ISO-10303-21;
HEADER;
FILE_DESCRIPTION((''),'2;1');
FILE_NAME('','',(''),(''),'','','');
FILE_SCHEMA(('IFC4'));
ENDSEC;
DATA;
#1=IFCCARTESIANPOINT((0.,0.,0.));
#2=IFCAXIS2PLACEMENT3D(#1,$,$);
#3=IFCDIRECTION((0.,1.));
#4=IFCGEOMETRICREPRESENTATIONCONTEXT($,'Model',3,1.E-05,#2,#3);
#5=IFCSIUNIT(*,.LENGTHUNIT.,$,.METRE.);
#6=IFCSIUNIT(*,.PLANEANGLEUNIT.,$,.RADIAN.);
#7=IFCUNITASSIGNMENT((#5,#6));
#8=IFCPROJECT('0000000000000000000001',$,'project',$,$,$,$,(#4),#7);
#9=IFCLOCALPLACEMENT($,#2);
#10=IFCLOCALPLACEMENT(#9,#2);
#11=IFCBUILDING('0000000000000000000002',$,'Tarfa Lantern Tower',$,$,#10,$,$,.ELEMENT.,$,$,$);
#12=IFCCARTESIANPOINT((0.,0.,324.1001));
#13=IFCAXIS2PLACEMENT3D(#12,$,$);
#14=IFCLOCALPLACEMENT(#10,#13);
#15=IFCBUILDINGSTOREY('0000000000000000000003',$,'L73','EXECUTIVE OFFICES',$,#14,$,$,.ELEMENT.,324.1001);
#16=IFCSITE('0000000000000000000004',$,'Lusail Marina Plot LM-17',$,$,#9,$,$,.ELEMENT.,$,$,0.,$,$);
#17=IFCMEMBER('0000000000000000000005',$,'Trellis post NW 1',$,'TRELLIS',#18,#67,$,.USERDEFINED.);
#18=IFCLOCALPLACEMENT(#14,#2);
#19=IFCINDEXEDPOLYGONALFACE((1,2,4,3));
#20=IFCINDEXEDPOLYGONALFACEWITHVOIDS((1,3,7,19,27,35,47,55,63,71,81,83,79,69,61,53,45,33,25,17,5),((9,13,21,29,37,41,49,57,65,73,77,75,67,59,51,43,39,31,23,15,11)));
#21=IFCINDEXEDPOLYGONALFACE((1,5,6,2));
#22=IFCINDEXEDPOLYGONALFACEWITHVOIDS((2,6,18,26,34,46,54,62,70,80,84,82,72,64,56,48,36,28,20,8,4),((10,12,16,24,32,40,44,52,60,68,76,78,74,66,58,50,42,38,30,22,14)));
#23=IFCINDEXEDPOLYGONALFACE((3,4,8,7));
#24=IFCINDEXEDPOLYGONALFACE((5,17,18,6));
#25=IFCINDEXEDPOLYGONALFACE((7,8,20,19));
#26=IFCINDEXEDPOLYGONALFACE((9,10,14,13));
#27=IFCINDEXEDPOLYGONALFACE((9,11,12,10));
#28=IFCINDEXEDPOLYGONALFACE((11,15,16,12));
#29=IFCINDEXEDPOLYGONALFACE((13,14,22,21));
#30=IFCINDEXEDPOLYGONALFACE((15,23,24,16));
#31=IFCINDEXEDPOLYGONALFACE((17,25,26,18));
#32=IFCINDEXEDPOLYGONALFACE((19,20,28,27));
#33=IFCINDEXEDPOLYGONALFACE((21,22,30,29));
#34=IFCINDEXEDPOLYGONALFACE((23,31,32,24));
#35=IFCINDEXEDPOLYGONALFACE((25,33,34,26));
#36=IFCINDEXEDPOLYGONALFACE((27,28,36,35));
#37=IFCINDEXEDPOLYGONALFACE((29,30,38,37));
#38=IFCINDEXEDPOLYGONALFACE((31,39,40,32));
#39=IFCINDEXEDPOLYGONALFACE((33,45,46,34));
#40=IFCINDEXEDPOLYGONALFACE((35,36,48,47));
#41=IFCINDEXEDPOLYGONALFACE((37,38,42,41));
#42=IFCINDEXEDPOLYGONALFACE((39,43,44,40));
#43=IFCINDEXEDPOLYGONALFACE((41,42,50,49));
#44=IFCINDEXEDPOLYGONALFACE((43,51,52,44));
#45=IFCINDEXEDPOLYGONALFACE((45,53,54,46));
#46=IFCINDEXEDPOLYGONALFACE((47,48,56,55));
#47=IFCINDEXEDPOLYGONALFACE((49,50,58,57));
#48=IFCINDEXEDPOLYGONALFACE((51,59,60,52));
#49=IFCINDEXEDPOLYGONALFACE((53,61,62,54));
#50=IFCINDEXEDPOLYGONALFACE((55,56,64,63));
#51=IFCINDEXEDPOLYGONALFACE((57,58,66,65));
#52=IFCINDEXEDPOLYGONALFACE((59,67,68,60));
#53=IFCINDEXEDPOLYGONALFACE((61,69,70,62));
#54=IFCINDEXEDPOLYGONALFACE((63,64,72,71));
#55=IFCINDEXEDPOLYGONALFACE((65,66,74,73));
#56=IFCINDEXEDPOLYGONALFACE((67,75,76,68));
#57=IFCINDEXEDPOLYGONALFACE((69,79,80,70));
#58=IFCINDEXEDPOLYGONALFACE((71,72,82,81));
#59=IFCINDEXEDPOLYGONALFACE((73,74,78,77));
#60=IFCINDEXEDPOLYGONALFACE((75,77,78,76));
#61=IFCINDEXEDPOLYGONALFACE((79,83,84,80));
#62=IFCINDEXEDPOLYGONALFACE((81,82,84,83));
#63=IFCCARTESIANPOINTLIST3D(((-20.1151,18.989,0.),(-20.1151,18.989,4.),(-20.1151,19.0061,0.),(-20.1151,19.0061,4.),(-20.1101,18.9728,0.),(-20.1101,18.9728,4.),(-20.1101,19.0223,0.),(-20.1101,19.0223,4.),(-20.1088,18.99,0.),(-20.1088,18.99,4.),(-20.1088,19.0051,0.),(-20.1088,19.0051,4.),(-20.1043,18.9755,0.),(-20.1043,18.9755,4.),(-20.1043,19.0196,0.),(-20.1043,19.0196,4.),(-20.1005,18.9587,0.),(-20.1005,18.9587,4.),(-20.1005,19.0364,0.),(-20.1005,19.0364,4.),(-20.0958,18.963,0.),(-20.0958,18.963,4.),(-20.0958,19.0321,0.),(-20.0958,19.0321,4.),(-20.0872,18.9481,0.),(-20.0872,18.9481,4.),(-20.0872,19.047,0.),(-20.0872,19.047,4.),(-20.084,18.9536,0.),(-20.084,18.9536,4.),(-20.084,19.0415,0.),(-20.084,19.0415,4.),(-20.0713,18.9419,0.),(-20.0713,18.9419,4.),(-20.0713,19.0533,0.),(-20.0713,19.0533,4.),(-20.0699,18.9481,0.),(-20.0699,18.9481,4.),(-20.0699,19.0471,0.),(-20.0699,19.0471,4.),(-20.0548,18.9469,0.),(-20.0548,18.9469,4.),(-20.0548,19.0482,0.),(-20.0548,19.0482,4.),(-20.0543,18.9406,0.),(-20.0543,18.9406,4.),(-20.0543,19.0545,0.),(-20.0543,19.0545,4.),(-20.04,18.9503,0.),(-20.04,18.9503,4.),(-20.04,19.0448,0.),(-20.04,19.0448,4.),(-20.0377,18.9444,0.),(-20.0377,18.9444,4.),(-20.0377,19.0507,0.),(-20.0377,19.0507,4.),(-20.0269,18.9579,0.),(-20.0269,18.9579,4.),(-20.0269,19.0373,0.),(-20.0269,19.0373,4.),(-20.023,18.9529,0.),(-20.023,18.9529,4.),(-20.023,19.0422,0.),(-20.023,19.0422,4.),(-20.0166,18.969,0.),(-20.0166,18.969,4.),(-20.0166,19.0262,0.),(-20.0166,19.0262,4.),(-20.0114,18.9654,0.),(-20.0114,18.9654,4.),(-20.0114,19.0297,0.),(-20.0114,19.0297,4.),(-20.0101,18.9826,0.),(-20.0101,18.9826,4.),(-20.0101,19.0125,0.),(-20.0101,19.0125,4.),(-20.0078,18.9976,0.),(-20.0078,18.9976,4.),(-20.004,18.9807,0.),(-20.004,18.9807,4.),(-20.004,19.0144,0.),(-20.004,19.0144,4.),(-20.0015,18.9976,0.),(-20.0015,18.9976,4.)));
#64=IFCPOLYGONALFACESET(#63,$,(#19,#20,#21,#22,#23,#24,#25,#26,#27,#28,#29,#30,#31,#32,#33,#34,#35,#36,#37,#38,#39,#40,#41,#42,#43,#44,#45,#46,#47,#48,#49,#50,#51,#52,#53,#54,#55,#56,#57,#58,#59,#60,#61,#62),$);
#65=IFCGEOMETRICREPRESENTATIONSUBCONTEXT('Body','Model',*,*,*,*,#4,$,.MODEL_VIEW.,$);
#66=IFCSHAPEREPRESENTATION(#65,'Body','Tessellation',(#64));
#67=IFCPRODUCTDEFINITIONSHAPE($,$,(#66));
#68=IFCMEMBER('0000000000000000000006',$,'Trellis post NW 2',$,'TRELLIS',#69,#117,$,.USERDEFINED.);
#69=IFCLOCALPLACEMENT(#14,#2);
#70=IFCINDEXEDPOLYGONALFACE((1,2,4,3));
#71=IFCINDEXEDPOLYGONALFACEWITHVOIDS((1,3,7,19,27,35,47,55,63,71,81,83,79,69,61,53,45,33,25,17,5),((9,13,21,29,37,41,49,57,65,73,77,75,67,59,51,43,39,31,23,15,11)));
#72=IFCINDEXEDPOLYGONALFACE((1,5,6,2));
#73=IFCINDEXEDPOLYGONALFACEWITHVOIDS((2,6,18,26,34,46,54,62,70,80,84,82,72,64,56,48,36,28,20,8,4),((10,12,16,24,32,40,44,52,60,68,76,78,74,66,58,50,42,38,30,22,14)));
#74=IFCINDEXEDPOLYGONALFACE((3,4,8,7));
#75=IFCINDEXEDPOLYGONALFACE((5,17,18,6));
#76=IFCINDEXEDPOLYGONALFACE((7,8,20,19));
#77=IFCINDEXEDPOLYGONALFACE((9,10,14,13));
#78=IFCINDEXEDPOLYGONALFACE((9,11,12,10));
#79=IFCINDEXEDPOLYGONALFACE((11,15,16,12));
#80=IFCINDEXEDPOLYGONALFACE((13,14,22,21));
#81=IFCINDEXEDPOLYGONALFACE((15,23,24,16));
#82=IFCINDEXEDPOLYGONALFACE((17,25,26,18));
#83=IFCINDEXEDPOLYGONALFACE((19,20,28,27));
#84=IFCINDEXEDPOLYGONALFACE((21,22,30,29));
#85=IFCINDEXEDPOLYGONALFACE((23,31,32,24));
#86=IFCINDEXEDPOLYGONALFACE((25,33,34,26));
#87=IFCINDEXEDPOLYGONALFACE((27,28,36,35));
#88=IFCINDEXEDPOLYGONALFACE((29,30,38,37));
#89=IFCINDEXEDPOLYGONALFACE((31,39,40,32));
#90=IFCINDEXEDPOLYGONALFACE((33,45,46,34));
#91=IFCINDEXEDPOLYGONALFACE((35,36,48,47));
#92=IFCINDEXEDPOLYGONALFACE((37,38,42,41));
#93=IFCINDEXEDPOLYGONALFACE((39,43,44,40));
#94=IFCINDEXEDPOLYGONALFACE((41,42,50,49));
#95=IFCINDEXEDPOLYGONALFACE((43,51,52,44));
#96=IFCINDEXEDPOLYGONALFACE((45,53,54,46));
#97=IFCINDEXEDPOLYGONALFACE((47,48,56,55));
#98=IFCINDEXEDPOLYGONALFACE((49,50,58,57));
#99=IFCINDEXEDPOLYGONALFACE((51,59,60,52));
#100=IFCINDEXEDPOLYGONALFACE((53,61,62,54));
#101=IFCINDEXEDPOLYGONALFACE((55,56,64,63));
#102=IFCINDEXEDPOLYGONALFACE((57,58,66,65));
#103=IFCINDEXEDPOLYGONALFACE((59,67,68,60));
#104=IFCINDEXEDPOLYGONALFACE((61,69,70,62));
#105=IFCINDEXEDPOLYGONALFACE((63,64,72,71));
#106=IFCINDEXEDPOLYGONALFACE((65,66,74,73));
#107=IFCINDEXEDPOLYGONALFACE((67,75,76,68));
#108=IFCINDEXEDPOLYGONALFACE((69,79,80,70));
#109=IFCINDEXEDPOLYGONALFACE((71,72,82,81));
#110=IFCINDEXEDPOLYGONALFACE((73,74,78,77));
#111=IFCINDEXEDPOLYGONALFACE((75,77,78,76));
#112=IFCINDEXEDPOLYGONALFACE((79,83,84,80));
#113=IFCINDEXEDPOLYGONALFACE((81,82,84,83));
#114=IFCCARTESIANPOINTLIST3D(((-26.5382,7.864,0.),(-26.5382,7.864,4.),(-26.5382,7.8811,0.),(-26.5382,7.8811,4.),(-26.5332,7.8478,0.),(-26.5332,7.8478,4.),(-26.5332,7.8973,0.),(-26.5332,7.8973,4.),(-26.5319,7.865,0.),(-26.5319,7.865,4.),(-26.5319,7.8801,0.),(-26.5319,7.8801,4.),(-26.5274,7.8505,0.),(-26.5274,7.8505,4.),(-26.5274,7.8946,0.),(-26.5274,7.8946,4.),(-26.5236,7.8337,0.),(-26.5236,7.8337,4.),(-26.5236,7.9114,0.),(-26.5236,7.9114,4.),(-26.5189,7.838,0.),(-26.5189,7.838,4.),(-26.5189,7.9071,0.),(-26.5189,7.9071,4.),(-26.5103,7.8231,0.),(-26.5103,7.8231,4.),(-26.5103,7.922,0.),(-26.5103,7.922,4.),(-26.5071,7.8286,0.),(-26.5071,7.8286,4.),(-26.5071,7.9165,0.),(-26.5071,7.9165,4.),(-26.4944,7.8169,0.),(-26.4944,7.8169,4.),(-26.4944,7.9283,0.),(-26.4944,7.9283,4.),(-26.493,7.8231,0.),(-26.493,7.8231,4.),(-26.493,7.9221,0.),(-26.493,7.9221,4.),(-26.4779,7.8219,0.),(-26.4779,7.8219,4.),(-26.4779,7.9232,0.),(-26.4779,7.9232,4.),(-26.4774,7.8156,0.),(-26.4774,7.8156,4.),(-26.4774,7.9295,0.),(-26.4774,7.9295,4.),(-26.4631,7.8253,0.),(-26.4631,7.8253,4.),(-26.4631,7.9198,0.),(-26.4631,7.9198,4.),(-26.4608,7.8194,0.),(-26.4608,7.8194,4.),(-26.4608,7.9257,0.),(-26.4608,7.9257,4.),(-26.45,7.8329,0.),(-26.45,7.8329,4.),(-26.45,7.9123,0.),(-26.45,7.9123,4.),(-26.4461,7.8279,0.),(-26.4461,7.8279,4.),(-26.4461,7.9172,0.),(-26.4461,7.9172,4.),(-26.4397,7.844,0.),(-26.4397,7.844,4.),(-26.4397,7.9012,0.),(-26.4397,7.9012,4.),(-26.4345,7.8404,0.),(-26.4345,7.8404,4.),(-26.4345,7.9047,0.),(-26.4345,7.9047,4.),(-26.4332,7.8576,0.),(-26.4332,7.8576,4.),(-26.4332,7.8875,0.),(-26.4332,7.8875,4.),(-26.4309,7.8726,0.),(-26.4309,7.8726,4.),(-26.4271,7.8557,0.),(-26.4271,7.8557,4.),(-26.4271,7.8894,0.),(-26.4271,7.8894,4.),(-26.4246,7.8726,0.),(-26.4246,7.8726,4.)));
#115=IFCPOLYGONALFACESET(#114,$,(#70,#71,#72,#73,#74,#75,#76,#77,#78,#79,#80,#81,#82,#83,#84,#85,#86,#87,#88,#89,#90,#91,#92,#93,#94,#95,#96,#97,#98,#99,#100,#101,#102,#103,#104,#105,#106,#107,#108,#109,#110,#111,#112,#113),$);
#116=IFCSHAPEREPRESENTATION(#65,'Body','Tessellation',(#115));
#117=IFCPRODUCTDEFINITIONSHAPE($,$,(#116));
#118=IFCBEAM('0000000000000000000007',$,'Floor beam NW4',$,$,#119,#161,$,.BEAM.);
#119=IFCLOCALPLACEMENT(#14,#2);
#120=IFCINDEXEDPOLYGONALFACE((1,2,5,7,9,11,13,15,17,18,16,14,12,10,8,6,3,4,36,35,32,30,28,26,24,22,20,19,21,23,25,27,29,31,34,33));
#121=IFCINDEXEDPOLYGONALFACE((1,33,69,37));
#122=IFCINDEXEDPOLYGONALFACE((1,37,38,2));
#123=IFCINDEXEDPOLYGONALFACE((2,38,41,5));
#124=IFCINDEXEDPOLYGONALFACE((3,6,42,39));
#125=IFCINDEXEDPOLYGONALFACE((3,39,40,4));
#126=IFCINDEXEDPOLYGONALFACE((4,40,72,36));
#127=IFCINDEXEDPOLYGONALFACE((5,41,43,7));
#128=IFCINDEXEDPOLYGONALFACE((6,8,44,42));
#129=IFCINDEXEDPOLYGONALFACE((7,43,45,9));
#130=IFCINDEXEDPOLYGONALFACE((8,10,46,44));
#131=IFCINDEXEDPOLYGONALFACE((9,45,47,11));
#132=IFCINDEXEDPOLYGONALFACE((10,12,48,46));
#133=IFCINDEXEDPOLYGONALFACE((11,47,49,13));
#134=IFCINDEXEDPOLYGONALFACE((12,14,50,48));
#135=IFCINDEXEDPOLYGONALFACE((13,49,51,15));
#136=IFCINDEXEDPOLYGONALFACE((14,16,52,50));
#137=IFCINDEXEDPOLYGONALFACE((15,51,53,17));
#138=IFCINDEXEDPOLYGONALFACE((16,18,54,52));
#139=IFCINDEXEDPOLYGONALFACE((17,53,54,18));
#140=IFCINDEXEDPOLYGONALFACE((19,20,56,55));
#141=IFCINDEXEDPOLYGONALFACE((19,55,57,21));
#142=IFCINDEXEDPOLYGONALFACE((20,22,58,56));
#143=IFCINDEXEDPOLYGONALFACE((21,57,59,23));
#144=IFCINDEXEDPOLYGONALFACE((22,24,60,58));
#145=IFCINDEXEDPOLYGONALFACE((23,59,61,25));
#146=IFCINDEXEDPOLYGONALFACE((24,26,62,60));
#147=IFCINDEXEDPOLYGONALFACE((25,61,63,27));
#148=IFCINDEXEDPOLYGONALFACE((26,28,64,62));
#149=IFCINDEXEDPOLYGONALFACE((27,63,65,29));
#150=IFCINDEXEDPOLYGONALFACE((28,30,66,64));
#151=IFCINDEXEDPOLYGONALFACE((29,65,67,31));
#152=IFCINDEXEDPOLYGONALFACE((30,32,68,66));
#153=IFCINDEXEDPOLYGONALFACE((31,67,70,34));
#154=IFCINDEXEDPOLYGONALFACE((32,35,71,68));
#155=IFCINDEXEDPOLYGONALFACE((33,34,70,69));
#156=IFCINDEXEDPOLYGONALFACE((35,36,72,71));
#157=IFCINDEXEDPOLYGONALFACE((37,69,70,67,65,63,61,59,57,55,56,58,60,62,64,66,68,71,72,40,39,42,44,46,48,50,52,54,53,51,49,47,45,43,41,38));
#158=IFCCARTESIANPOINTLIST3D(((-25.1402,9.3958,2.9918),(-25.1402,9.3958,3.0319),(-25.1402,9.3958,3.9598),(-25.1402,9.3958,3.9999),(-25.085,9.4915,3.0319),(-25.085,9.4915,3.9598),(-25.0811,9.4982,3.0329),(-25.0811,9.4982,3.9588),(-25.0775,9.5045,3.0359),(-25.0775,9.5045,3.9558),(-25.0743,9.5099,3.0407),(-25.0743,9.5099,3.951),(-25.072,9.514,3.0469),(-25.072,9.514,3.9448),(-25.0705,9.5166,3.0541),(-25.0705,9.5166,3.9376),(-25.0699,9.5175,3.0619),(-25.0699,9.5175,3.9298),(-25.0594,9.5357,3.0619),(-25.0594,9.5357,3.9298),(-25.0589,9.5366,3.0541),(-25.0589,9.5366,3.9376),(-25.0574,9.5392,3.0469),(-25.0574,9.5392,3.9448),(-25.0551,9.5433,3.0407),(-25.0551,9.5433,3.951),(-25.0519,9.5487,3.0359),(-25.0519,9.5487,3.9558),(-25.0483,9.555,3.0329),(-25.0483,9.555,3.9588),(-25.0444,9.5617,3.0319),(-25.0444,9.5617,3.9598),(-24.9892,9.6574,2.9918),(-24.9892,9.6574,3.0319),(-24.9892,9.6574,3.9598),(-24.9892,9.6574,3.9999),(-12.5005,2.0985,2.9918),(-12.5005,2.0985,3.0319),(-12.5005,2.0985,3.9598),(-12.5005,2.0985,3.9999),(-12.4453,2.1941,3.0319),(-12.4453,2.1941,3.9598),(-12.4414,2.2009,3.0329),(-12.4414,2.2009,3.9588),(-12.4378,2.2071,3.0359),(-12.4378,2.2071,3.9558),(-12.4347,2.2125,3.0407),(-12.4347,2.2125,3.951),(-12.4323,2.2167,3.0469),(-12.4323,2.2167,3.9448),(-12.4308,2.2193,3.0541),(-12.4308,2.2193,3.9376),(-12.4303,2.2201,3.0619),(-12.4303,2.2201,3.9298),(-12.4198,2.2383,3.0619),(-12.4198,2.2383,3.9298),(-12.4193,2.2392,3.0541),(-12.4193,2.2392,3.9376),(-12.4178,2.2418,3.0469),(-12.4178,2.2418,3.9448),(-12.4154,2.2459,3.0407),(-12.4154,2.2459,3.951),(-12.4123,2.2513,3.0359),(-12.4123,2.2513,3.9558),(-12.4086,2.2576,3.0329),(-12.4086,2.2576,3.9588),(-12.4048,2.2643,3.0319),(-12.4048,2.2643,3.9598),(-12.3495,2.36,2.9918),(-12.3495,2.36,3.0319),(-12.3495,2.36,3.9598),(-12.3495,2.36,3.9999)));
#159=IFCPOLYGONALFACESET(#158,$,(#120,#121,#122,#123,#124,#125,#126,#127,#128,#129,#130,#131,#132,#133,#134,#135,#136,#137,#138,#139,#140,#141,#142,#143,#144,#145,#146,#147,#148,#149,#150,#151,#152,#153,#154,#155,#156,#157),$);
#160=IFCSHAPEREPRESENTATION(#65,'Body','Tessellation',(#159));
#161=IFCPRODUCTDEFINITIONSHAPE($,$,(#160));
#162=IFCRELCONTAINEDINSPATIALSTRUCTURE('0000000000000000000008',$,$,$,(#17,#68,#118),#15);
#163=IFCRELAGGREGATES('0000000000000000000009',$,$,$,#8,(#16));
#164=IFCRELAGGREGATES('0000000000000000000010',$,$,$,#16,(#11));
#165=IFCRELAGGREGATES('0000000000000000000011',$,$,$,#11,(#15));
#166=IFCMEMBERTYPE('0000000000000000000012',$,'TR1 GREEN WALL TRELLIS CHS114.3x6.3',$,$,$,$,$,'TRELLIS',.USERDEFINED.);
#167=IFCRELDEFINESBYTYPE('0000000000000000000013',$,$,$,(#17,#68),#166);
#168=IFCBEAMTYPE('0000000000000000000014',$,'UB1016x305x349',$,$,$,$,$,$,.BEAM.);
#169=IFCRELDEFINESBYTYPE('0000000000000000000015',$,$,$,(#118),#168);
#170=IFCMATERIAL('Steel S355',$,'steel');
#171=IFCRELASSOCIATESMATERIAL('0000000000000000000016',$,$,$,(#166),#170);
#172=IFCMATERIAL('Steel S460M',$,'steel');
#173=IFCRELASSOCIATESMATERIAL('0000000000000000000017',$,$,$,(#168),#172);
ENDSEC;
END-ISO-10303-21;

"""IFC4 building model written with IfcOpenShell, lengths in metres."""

from ifc_helpers import new_model, si_unit, direction, frame, origin, origin_2d, place, context, subcontext, project, spatial, hollow_circle, i_section, extrude, material, material_profile, profile_set, type_object, element, save


model = new_model("IFC4")

# Units and contexts
model_context = context("Model", 3, precision=1e-05, world=origin(), true_north=direction((0.0, 1.0)))
body_context = subcontext(model_context, "Body", "Model", "MODEL_VIEW")
ifc_project = project(units=[si_unit("LENGTHUNIT", "METRE"), si_unit("PLANEANGLEUNIT", "RADIAN")], contexts=[model_context])

# Site, building, storey
site_placement = place(None, origin())
site = spatial("IfcSite", under=ifc_project, at=site_placement, Name="Lusail Marina Plot LM-17", CompositionType="ELEMENT", RefElevation=0.0)
building_placement = place(site_placement, origin())
building = spatial("IfcBuilding", under=site, at=building_placement, Name="Tarfa Lantern Tower", CompositionType="ELEMENT")
storey_placement = place(building_placement, frame((0.0, 0.0, 324.1001)))
storey = spatial("IfcBuildingStorey", under=building, at=storey_placement, Name="L73", Description="EXECUTIVE OFFICES", CompositionType="ELEMENT", Elevation=324.1001)

# Members
ifc_material_1 = material(Name="Steel S355", Category="steel")
ifc_material_profile_1 = material_profile(ifc_material_1, hollow_circle(Radius=0.0571, WallThickness=0.0063, at=origin_2d()), Name="CHS114.3x6.3")
ifc_profile_set_1 = profile_set([ifc_material_profile_1], Name="Steel S355")
member_type_1 = type_object("IfcMemberType", Name="TR1 GREEN WALL TRELLIS CHS114.3x6.3", ElementType="TRELLIS", PredefinedType="USERDEFINED", material=ifc_profile_set_1)
for number, where, z_axis, x_axis, name in (
    (1, (-20.0586, 18.9976, 0.0), (0.0, 0.0, 1.0), (1.0, 0.0, 0.0), "Trellis post NW 1"),
    (2, (-26.4817, 7.8726, 0.0), (0.0, 0.0, 1.0), (1.0, 0.0, 0.0), "Trellis post NW 2"),
):
    element("IfcMember", number, at=place(storey_placement, frame(where, z_axis=z_axis, x_axis=x_axis)), inside=storey, type_object=member_type_1, Name=name, ObjectType="TRELLIS", PredefinedType="USERDEFINED", context=body_context, shape_type="SweptSolid", body=[
        extrude(hollow_circle(Radius=0.0571, WallThickness=0.0063, at=origin_2d()), origin(), (0.0, 0.0, 1.0), 4.0),
    ])

# Beam
ifc_material_2 = material(Name="Steel S460M", Category="steel")
ifc_material_profile_2 = material_profile(ifc_material_2, i_section(OverallWidth=0.302, OverallDepth=1.0081, WebThickness=0.021, FlangeThickness=0.04, FilletRadius=0.03, at=origin_2d()), Name="UB1016x305x349")
ifc_profile_set_2 = profile_set([ifc_material_profile_2], Name="Steel S460M")
beam_type_1 = type_object("IfcBeamType", Name="UB1016x305x349", PredefinedType="BEAM", material=ifc_profile_set_2)
beam_1_placement = place(storey_placement, frame((-25.0647, 9.5266, 3.4958), z_axis=(0.86603, -0.499993, 0.0), x_axis=(0.499993, 0.86603, 0.0)))
element("IfcBeam", 3, at=beam_1_placement, inside=storey, type_object=beam_type_1, Name="Floor beam NW4", PredefinedType="BEAM", context=body_context, shape_type="SweptSolid", body=[
    extrude(i_section(OverallWidth=0.302, OverallDepth=1.0081, WebThickness=0.021, FlangeThickness=0.04, FilletRadius=0.03, at=origin_2d()), origin(), (0.0, 0.0, 1.0), 14.595),
])

save(model, "model.ifc")
